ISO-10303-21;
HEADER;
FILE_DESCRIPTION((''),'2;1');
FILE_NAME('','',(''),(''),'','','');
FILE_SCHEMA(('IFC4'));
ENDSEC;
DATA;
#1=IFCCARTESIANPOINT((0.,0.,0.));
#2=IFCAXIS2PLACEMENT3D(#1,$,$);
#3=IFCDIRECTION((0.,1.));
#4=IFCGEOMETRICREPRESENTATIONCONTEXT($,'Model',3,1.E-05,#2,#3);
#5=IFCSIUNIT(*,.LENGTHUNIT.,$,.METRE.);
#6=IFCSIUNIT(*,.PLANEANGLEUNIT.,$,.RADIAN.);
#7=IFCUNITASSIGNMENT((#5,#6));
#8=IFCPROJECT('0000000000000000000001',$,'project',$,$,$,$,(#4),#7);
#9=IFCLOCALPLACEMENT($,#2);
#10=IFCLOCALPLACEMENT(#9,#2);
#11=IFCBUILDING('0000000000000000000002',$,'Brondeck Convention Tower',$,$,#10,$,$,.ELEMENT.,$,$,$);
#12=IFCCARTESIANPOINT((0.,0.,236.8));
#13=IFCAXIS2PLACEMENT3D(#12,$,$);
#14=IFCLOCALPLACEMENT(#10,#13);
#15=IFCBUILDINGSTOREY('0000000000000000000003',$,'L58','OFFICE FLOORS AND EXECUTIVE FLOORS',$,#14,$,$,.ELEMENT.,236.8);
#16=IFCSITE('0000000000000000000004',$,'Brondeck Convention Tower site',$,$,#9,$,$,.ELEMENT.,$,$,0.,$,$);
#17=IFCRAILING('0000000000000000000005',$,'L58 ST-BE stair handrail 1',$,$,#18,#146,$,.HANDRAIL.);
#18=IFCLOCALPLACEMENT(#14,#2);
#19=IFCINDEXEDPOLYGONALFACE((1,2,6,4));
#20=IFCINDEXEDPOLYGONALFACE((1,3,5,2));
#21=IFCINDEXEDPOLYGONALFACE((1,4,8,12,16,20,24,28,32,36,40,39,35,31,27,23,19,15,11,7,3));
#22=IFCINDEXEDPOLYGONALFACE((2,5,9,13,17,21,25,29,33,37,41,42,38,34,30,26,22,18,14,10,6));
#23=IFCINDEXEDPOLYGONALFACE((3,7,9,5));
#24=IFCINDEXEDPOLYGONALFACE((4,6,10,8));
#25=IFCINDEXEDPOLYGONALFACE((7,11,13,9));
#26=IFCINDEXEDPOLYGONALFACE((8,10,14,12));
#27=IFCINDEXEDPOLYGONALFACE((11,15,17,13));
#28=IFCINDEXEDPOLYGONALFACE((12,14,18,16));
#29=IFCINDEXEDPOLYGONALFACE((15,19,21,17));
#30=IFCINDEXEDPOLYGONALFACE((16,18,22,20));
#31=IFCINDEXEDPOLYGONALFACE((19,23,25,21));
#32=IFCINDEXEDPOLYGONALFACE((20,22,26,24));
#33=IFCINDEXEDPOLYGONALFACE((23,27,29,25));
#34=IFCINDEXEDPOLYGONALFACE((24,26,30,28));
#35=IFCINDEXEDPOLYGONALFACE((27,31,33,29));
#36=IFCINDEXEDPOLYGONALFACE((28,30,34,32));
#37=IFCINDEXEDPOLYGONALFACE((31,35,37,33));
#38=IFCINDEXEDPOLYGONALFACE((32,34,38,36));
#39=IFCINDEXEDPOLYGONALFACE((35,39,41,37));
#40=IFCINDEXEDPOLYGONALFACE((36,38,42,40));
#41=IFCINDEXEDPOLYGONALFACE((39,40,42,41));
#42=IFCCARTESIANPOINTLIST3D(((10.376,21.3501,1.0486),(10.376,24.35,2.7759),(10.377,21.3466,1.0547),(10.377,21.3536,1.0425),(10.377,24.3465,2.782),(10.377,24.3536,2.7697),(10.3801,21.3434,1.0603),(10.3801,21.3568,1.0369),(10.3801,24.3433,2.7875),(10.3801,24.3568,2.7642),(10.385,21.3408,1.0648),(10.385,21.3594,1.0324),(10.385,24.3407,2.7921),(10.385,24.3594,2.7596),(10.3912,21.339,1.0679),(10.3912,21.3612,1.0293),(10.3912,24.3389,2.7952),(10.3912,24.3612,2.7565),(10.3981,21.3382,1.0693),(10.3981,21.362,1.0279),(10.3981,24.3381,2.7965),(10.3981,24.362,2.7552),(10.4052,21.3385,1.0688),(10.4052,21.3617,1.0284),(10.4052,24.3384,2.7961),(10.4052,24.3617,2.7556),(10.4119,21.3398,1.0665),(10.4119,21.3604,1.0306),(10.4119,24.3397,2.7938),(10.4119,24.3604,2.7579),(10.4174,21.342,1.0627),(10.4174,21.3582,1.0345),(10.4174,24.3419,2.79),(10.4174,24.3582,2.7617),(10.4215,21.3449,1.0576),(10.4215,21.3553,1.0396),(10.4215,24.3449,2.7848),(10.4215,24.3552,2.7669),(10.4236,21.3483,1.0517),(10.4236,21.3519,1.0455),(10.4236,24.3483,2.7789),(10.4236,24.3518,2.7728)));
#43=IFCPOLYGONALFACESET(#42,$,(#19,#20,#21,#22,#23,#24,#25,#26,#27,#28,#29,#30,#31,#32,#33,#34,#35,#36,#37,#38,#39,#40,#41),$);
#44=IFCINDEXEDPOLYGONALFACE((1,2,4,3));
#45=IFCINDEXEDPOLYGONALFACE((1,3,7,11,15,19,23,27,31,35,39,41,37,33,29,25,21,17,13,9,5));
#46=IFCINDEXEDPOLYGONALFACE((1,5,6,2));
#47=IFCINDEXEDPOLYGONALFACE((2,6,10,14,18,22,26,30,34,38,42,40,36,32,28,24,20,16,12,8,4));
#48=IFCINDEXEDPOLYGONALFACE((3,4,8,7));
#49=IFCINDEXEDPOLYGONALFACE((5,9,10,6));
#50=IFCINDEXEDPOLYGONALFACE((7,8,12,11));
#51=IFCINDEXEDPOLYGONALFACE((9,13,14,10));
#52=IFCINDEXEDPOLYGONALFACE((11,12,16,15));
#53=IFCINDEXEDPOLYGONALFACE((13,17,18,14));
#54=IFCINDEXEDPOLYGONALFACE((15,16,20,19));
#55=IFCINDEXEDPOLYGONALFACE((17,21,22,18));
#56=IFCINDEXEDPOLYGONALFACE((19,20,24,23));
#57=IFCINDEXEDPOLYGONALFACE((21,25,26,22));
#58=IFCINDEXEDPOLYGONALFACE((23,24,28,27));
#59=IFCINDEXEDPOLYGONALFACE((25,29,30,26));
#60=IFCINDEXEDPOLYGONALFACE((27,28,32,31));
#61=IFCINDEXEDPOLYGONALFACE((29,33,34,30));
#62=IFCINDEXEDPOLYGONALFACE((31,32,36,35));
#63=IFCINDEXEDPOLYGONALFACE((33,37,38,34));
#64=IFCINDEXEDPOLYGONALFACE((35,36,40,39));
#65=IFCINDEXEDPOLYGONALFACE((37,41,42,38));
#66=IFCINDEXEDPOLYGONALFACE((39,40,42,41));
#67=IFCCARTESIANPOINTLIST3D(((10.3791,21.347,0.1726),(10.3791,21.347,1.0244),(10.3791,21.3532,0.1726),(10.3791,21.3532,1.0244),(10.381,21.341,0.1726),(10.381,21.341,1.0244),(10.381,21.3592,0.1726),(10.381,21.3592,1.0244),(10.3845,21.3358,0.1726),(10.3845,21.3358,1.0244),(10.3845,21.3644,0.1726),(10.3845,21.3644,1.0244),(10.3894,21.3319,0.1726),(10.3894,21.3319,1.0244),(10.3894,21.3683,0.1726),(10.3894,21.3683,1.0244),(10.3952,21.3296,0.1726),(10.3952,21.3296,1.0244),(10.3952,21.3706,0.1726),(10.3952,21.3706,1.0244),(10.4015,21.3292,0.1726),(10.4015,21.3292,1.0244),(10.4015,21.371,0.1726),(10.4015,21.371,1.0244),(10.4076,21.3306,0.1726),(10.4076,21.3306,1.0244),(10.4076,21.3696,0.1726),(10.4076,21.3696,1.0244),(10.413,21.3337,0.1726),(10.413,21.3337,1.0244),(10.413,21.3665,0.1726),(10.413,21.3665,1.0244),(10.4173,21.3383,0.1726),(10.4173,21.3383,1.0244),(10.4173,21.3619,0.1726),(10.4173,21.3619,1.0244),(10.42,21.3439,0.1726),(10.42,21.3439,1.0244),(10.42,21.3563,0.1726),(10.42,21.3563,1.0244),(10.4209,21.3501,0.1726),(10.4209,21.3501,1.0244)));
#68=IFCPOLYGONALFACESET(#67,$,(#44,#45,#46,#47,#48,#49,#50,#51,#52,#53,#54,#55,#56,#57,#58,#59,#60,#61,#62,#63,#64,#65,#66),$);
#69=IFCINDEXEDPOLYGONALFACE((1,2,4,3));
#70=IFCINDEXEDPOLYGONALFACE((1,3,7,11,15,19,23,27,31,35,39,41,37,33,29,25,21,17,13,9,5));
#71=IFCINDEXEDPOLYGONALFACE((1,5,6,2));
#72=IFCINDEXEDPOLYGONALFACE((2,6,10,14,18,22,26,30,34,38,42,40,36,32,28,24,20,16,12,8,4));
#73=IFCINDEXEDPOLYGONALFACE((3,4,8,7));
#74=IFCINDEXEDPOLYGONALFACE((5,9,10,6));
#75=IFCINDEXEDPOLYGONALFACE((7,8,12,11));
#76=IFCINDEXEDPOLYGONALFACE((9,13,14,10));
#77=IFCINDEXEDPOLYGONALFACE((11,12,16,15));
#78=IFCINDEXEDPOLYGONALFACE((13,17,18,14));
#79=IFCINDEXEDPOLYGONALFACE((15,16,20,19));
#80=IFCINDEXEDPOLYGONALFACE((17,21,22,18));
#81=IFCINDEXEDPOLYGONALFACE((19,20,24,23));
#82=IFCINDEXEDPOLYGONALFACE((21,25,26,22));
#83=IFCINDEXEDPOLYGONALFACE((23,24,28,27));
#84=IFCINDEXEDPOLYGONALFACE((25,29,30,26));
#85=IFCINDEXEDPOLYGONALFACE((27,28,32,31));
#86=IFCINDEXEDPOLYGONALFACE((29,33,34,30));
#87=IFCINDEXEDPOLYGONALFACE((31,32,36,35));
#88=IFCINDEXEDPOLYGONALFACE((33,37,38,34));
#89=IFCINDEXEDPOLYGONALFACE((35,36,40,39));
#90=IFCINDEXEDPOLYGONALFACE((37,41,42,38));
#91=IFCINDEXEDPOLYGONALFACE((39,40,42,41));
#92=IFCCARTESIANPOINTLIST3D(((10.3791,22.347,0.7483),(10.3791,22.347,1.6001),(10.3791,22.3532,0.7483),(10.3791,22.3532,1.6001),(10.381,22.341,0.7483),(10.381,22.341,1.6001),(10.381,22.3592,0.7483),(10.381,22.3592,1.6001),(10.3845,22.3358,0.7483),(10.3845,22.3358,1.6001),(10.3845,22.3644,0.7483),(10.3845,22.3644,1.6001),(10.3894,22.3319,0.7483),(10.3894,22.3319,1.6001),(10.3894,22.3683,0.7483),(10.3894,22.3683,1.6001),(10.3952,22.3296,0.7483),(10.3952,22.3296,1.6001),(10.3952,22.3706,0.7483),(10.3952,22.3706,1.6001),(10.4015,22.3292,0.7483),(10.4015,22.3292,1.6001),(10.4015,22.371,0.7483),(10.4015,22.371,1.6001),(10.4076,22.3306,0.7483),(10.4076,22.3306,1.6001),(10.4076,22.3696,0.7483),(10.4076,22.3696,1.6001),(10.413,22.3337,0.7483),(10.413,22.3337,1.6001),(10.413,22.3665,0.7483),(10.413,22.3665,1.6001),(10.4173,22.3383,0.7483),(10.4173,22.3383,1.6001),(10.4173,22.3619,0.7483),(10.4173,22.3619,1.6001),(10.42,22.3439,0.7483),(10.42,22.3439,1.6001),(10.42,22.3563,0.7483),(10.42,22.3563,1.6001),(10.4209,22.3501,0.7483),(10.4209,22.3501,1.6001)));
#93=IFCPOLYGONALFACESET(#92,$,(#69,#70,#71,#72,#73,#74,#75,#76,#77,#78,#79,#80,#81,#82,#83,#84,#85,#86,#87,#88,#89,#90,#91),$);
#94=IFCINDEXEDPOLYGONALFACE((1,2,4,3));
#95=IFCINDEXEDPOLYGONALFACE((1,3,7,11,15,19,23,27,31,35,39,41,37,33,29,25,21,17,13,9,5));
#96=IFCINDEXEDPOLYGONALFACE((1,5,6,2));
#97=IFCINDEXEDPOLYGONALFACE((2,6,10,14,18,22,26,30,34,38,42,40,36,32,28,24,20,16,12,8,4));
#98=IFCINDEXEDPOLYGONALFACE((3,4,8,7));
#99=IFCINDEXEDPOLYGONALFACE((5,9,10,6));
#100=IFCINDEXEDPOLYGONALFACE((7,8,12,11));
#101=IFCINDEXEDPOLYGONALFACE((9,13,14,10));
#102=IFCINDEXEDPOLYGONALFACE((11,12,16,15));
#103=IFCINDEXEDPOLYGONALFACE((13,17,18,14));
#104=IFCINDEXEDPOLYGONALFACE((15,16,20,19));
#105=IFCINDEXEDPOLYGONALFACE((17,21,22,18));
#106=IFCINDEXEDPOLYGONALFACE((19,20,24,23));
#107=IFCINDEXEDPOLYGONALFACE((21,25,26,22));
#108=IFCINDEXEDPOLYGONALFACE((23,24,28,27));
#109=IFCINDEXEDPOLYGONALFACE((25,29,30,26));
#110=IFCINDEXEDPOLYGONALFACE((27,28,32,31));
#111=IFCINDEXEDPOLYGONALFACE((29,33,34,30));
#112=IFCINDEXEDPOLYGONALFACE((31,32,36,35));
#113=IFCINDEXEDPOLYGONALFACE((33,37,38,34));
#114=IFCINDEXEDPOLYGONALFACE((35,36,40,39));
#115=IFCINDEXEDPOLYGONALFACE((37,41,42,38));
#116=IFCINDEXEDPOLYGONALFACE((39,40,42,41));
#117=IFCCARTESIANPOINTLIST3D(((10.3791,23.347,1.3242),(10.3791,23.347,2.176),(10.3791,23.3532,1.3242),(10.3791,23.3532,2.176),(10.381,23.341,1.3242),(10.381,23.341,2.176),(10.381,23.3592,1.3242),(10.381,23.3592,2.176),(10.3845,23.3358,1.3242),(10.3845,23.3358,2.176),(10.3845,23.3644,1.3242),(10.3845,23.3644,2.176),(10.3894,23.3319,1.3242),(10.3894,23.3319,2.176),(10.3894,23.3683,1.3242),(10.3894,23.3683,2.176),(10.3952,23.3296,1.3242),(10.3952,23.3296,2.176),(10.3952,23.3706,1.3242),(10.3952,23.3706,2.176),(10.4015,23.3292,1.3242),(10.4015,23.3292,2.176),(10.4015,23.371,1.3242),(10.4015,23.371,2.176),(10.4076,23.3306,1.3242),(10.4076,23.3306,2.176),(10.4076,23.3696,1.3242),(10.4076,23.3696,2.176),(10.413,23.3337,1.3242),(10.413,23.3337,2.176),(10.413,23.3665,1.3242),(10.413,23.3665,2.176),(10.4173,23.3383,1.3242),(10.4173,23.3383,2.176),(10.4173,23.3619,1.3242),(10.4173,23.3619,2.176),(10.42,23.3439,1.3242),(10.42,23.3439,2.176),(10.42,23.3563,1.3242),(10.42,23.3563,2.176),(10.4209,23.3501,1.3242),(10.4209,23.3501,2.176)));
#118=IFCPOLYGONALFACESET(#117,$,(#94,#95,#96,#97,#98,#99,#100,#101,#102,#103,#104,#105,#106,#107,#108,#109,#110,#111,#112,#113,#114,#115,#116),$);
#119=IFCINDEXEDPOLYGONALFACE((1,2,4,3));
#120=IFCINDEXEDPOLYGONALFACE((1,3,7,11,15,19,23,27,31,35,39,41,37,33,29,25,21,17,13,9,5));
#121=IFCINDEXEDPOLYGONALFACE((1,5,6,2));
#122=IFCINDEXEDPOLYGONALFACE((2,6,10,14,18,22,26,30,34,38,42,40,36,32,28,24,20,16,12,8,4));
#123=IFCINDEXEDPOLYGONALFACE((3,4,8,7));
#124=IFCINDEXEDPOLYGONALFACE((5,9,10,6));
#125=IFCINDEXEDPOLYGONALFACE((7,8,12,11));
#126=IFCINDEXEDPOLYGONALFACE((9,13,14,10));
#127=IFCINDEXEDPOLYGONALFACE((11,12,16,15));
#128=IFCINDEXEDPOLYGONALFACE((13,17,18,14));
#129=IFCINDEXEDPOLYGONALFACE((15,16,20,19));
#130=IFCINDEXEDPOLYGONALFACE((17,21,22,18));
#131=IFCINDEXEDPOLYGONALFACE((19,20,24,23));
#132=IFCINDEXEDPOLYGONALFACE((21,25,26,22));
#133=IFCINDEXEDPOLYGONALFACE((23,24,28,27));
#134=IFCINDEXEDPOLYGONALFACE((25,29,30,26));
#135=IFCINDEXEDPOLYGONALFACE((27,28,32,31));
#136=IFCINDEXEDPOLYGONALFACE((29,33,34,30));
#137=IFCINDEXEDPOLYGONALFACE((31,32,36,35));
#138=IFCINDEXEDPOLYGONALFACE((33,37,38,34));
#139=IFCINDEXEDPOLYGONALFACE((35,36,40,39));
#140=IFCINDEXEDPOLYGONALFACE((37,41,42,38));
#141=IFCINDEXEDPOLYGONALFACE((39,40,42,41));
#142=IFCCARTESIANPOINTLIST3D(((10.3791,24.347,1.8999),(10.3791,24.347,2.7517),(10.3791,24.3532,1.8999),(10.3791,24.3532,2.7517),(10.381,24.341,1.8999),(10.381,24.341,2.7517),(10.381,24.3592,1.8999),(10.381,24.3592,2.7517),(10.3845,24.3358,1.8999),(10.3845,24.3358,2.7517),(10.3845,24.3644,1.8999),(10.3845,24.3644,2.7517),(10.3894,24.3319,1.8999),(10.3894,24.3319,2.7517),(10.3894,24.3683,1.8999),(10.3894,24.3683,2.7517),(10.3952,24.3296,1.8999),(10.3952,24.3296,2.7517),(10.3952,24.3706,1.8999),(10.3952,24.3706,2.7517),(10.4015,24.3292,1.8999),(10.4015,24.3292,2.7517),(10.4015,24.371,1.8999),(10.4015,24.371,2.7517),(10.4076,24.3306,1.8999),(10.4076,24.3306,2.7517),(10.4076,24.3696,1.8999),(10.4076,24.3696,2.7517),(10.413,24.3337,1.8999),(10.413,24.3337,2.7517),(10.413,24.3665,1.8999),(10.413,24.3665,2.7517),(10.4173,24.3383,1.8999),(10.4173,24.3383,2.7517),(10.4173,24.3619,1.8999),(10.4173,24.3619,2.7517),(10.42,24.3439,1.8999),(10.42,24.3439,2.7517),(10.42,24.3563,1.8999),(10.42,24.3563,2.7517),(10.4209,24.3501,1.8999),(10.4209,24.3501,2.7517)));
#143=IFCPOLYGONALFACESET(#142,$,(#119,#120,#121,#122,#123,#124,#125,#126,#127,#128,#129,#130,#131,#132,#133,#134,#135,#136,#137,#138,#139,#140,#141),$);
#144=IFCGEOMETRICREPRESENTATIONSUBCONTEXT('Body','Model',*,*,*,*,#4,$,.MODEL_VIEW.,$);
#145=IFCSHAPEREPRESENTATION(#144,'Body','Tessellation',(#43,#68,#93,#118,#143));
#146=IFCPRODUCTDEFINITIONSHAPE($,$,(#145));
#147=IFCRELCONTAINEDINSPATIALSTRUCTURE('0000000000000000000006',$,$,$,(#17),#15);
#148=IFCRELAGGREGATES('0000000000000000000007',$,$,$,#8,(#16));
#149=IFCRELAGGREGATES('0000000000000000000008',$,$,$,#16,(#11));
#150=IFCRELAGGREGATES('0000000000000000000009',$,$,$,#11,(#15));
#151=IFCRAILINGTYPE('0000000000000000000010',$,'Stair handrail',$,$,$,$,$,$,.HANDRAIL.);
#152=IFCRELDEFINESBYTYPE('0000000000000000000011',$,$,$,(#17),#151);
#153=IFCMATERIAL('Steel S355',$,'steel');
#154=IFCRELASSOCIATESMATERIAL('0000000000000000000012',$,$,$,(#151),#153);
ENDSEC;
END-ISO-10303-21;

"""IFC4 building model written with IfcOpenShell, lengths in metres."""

from ifc_helpers import new_model, si_unit, direction, frame, origin, origin_2d, place, context, subcontext, project, spatial, circle, extrude, material, type_object, element, save


model = new_model("IFC4")

# Units and contexts
model_context = context("Model", 3, precision=1e-05, world=origin(), true_north=direction((0.0, 1.0)))
body_context = subcontext(model_context, "Body", "Model", "MODEL_VIEW")
ifc_project = project(units=[si_unit("LENGTHUNIT", "METRE"), si_unit("PLANEANGLEUNIT", "RADIAN")], contexts=[model_context])

# Site, building, storey
site_placement = place(None, origin())
site = spatial("IfcSite", under=ifc_project, at=site_placement, Name="Brondeck Convention Tower site", CompositionType="ELEMENT", RefElevation=0.0)
building_placement = place(site_placement, origin())
building = spatial("IfcBuilding", under=site, at=building_placement, Name="Brondeck Convention Tower", CompositionType="ELEMENT")
storey_placement = place(building_placement, frame((0.0, 0.0, 236.8)))
storey = spatial("IfcBuildingStorey", under=building, at=storey_placement, Name="L58", Description="OFFICE FLOORS AND EXECUTIVE FLOORS", CompositionType="ELEMENT", Elevation=236.8)

# Shared definitions
ifc_material_1 = material(Name="Steel S355", Category="steel")

# Railing
railing_type_1 = type_object("IfcRailingType", Name="Stair handrail", PredefinedType="HANDRAIL", material=ifc_material_1)
railing_1_placement = place(storey_placement, frame((10.3999, 21.3501, 0.1726)))
element("IfcRailing", 1, at=railing_1_placement, inside=storey, type_object=railing_type_1, Name="L58 ST-BE stair handrail 1", PredefinedType="HANDRAIL", context=body_context, shape_type="SweptSolid", body=[
    extrude(circle(Radius=0.0239, at=origin_2d()), frame((0.0, 0.0, 0.876), z_axis=(0.0, 0.86662, 0.498969), x_axis=(-1.0, 0.0, 0.0)), (0.0, 0.0, 1.0), 3.4617),
    extrude(circle(Radius=0.021, at=origin_2d()), origin(), (0.0, 0.0, 1.0), 0.8518),
    extrude(circle(Radius=0.021, at=origin_2d()), frame((0.0, 1.0, 0.5757)), (0.0, 0.0, 1.0), 0.8518),
    extrude(circle(Radius=0.021, at=origin_2d()), frame((0.0, 2.0, 1.1516)), (0.0, 0.0, 1.0), 0.8518),
    extrude(circle(Radius=0.021, at=origin_2d()), frame((0.0, 3.0, 1.7273)), (0.0, 0.0, 1.0), 0.8518),
])

save(model, "model.ifc")
